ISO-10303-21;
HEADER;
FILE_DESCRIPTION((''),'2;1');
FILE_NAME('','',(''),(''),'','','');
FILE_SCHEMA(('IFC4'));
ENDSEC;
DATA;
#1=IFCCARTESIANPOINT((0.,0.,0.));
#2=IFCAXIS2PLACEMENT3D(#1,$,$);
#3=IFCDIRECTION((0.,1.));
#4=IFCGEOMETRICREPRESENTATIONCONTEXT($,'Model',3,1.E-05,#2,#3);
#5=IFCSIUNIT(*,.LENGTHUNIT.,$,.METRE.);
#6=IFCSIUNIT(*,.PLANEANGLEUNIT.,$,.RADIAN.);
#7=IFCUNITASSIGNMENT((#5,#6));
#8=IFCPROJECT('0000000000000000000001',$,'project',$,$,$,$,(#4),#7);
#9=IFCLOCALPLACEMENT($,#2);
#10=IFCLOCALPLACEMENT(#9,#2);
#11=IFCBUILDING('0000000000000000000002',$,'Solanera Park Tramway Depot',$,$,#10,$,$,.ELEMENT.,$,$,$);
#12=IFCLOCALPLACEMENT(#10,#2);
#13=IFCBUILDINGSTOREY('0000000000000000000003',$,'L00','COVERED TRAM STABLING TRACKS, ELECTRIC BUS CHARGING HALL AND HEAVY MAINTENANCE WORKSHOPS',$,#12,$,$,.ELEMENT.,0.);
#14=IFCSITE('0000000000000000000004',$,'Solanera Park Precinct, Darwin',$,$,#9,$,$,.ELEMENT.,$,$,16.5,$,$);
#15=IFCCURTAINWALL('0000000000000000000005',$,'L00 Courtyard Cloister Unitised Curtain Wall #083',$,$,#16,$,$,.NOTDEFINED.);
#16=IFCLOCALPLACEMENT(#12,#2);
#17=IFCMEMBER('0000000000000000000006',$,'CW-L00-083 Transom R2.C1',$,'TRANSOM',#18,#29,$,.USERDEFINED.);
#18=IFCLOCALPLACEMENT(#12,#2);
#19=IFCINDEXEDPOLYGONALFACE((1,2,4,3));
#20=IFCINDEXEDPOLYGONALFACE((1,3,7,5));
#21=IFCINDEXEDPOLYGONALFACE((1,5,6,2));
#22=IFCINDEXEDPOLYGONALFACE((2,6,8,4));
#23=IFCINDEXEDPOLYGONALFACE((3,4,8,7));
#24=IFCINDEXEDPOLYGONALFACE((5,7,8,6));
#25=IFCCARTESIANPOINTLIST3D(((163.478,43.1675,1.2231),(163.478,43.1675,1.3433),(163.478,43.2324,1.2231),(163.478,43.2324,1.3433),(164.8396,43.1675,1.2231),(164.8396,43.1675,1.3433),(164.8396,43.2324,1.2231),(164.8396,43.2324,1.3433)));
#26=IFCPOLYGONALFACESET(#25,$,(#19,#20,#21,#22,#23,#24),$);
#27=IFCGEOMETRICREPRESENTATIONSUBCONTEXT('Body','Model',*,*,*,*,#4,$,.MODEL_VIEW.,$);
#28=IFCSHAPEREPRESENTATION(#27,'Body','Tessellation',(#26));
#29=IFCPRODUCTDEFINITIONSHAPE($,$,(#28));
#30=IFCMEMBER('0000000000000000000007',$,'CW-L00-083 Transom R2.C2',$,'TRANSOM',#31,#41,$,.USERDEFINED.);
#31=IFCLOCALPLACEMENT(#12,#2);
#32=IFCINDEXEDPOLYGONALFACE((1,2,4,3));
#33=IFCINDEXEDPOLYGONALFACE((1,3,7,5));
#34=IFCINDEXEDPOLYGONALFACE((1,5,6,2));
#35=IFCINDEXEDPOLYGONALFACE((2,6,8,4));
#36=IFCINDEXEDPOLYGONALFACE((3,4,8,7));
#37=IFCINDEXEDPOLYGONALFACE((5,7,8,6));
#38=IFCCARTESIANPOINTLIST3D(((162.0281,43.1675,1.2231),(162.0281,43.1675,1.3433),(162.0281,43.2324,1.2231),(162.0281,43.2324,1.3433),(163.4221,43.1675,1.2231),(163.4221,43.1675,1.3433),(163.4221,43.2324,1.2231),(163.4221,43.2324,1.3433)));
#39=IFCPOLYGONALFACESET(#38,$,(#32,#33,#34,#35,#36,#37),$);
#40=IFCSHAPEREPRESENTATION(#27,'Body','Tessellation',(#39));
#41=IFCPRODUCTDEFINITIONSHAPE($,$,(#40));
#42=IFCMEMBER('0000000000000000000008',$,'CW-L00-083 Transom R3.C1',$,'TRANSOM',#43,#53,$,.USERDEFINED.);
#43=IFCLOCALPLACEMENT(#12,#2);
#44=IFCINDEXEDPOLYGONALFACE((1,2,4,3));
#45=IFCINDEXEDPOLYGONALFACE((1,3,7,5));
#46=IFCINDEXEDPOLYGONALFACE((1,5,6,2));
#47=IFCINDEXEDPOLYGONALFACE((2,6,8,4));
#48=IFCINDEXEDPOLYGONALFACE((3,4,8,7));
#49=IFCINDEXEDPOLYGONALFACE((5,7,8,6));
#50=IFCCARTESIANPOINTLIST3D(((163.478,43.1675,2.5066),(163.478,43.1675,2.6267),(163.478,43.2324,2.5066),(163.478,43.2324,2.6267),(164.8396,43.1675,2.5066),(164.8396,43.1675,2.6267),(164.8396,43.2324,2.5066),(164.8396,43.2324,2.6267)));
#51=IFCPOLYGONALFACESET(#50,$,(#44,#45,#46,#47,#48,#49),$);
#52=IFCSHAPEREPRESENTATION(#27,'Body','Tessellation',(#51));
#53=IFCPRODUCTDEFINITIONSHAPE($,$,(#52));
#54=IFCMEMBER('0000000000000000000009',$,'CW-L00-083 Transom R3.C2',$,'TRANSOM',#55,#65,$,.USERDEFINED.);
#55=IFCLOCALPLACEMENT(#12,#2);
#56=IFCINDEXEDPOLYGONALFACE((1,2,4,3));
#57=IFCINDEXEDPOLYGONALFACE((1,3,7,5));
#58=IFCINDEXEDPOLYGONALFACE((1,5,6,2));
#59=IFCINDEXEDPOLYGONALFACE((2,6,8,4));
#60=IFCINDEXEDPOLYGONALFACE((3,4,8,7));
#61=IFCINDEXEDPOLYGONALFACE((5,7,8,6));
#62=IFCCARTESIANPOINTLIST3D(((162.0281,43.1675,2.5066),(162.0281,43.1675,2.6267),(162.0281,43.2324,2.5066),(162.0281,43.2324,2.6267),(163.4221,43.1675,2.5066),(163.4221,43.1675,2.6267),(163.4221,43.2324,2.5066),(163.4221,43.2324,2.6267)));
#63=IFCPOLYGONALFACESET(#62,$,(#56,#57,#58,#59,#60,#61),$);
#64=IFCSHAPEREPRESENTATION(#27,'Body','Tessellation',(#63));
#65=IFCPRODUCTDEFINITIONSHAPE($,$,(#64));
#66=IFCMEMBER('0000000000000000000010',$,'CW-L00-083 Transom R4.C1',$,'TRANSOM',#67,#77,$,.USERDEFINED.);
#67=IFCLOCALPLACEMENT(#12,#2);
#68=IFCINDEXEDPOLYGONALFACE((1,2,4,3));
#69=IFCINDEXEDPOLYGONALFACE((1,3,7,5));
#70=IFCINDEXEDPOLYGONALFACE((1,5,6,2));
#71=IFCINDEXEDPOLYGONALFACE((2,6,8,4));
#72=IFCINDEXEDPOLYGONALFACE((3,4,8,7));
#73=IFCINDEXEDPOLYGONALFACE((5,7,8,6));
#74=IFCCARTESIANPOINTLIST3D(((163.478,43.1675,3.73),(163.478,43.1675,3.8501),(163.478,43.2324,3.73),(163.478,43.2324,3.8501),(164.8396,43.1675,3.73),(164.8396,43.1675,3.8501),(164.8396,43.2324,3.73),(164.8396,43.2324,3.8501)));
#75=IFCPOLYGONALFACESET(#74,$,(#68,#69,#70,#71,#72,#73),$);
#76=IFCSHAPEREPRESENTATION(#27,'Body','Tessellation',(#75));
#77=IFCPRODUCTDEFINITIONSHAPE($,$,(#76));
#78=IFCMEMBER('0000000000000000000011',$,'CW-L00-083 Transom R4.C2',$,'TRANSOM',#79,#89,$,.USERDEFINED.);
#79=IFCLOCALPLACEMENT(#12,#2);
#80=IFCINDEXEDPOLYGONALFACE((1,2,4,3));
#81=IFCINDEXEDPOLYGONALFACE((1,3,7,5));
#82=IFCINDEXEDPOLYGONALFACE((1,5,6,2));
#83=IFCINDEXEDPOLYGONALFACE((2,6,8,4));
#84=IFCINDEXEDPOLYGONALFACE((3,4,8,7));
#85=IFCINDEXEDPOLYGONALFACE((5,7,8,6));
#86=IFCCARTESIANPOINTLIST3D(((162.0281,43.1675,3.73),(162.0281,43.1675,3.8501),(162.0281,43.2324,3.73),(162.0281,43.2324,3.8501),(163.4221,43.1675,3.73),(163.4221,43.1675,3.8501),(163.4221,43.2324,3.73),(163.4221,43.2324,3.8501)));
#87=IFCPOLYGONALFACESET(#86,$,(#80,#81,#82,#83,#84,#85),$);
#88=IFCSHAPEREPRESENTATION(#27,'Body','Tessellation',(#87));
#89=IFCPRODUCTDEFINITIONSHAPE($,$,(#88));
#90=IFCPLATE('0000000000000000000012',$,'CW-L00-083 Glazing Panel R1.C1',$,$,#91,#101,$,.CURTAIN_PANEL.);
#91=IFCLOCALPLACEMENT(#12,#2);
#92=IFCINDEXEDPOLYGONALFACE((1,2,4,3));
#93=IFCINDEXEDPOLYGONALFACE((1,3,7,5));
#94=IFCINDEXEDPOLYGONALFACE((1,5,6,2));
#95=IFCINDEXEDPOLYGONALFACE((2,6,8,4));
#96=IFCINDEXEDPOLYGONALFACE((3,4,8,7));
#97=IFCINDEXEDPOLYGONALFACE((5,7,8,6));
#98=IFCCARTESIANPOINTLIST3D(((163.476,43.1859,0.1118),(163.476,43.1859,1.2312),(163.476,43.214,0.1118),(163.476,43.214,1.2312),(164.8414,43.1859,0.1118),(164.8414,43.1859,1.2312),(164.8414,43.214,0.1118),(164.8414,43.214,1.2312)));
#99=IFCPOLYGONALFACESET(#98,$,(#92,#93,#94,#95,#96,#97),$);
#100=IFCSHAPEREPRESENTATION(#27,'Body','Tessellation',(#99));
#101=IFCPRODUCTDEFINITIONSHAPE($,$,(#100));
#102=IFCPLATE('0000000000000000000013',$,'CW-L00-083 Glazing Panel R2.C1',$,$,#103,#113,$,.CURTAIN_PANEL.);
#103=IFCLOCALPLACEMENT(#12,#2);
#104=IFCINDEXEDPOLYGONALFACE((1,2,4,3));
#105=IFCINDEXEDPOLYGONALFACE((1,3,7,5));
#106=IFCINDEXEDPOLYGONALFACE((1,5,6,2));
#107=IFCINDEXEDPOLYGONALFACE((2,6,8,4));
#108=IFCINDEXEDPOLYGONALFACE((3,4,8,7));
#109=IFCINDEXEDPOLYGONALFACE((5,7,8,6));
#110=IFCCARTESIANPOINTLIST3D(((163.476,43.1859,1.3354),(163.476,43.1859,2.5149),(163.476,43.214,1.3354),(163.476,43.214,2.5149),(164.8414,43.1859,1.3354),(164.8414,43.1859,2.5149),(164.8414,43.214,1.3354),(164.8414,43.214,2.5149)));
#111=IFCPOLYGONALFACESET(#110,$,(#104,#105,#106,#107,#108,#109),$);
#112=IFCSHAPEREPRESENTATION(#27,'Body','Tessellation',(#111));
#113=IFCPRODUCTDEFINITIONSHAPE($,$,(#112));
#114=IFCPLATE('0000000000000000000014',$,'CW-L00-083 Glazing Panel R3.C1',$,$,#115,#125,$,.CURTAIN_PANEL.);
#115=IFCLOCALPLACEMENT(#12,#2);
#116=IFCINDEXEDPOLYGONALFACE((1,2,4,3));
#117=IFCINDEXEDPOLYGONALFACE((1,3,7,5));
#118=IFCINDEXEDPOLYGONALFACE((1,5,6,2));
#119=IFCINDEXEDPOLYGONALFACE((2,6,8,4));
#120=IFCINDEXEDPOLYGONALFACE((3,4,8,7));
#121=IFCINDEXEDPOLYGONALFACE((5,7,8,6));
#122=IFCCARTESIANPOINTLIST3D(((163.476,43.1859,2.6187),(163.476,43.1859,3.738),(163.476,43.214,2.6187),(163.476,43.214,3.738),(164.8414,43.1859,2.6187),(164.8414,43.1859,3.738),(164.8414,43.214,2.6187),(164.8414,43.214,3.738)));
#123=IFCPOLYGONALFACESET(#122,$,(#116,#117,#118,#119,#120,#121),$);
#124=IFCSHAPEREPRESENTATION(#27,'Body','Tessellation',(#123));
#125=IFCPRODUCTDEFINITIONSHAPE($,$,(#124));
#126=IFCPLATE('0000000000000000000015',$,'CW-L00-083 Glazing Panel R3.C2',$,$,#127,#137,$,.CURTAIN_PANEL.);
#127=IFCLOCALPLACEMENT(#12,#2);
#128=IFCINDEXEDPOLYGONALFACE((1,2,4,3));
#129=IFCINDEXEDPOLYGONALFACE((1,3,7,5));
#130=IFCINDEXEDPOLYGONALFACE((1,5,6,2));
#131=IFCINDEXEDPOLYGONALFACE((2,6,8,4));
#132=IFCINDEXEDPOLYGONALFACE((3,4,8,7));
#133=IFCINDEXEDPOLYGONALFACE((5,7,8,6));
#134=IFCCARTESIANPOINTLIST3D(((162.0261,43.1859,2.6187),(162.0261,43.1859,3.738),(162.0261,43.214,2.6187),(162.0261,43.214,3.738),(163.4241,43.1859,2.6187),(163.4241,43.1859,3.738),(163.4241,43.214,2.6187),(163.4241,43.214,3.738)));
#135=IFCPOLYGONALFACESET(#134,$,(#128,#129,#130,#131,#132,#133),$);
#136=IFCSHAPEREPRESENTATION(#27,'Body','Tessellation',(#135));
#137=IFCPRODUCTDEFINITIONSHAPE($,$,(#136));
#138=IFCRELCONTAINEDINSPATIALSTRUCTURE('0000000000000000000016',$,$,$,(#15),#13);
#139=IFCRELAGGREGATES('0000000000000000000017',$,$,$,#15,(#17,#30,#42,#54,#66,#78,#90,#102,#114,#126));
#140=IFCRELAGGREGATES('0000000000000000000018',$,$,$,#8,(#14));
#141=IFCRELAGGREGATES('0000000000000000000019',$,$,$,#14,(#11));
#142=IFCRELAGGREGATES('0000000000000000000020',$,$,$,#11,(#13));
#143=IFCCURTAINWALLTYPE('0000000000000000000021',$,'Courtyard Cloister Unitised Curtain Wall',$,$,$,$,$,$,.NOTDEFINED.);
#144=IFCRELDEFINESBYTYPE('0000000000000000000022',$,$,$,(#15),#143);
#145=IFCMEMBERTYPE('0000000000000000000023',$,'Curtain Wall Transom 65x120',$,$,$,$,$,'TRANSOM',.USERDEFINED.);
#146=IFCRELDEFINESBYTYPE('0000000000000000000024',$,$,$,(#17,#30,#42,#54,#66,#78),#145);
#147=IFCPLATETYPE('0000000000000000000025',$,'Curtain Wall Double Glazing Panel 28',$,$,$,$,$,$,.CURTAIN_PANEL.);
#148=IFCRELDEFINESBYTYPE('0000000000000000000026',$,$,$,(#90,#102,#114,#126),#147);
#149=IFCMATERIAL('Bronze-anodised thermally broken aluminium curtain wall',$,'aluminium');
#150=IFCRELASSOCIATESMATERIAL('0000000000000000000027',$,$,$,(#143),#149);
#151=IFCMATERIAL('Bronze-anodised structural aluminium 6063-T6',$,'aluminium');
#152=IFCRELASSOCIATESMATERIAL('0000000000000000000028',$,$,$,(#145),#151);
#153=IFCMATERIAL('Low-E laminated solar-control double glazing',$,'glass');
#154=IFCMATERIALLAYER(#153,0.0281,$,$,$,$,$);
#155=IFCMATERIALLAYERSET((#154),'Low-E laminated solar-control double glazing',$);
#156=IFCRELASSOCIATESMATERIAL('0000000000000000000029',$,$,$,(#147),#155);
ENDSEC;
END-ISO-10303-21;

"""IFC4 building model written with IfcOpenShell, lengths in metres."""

from ifc_helpers import new_model, si_unit, direction, frame, origin, origin_2d, place, context, subcontext, project, spatial, rectangle, extrude, material, layer, layer_set, material_profile, profile_set, type_object, element, aggregate, save


model = new_model("IFC4")

# Units and contexts
model_context = context("Model", 3, precision=1e-05, world=origin(), true_north=direction((0.0, 1.0)))
body_context = subcontext(model_context, "Body", "Model", "MODEL_VIEW")
ifc_project = project(units=[si_unit("LENGTHUNIT", "METRE"), si_unit("PLANEANGLEUNIT", "RADIAN")], contexts=[model_context])

# Site, building, storey
site_placement = place(None, origin())
site = spatial("IfcSite", under=ifc_project, at=site_placement, Name="Solanera Park Precinct, Darwin", CompositionType="ELEMENT", RefElevation=16.5)
building_placement = place(site_placement, origin())
building = spatial("IfcBuilding", under=site, at=building_placement, Name="Solanera Park Tramway Depot", CompositionType="ELEMENT")
storey_placement = place(building_placement, origin())
storey = spatial("IfcBuildingStorey", under=building, at=storey_placement, Name="L00", Description="COVERED TRAM STABLING TRACKS, ELECTRIC BUS CHARGING HALL AND HEAVY MAINTENANCE WORKSHOPS", CompositionType="ELEMENT", Elevation=0.0)

# Curtain wall, members, plates
ifc_material_1 = material(Name="Bronze-anodised thermally broken aluminium curtain wall", Category="aluminium")
curtain_wall_type = type_object("IfcCurtainWallType", Name="Courtyard Cloister Unitised Curtain Wall", PredefinedType="NOTDEFINED", material=ifc_material_1)
curtain_wall_placement = place(storey_placement, origin())
curtain_wall = element("IfcCurtainWall", 1, at=curtain_wall_placement, inside=storey, type_object=curtain_wall_type, Name="L00 Courtyard Cloister Unitised Curtain Wall #083", PredefinedType="NOTDEFINED")
ifc_material_2 = material(Name="Bronze-anodised structural aluminium 6063-T6", Category="aluminium")
ifc_material_profile_1 = material_profile(ifc_material_2, rectangle(XDim=0.0649, YDim=0.1201, at=origin_2d()), Name="Curtain Wall Transom 65x120")
ifc_profile_set_1 = profile_set([ifc_material_profile_1], Name="Bronze-anodised structural aluminium 6063-T6")
member_type_1 = type_object("IfcMemberType", Name="Curtain Wall Transom 65x120", ElementType="TRANSOM", PredefinedType="USERDEFINED", material=ifc_profile_set_1)
member_1_placement = place(storey_placement, frame((164.8396, 43.2, 1.2832), z_axis=(-1.0, 0.0, 0.0), x_axis=(0.0, -1.0, 0.0)))
member_1 = element("IfcMember", 2, at=member_1_placement, type_object=member_type_1, Name="CW-L00-083 Transom R2.C1", ObjectType="TRANSOM", PredefinedType="USERDEFINED", context=body_context, shape_type="SweptSolid", body=[
    extrude(rectangle(XDim=0.0649, YDim=0.1201, at=origin_2d()), origin(), (0.0, 0.0, 1.0), 1.3616),
])
member_2_placement = place(storey_placement, frame((163.4221, 43.2, 1.2832), z_axis=(-1.0, 0.0, 0.0), x_axis=(0.0, -1.0, 0.0)))
member_2 = element("IfcMember", 3, at=member_2_placement, type_object=member_type_1, Name="CW-L00-083 Transom R2.C2", ObjectType="TRANSOM", PredefinedType="USERDEFINED", context=body_context, shape_type="SweptSolid", body=[
    extrude(rectangle(XDim=0.0649, YDim=0.1201, at=origin_2d()), origin(), (0.0, 0.0, 1.0), 1.394),
])
member_3_placement = place(storey_placement, frame((164.8396, 43.2, 2.5667), z_axis=(-1.0, 0.0, 0.0), x_axis=(0.0, -1.0, 0.0)))
member_3 = element("IfcMember", 4, at=member_3_placement, type_object=member_type_1, Name="CW-L00-083 Transom R3.C1", ObjectType="TRANSOM", PredefinedType="USERDEFINED", context=body_context, shape_type="SweptSolid", body=[
    extrude(rectangle(XDim=0.0649, YDim=0.1201, at=origin_2d()), origin(), (0.0, 0.0, 1.0), 1.3616),
])
member_4_placement = place(storey_placement, frame((163.4221, 43.2, 2.5667), z_axis=(-1.0, 0.0, 0.0), x_axis=(0.0, -1.0, 0.0)))
member_4 = element("IfcMember", 5, at=member_4_placement, type_object=member_type_1, Name="CW-L00-083 Transom R3.C2", ObjectType="TRANSOM", PredefinedType="USERDEFINED", context=body_context, shape_type="SweptSolid", body=[
    extrude(rectangle(XDim=0.0649, YDim=0.1201, at=origin_2d()), origin(), (0.0, 0.0, 1.0), 1.394),
])
member_5_placement = place(storey_placement, frame((164.8396, 43.2, 3.79), z_axis=(-1.0, 0.0, 0.0), x_axis=(0.0, -1.0, 0.0)))
member_5 = element("IfcMember", 6, at=member_5_placement, type_object=member_type_1, Name="CW-L00-083 Transom R4.C1", ObjectType="TRANSOM", PredefinedType="USERDEFINED", context=body_context, shape_type="SweptSolid", body=[
    extrude(rectangle(XDim=0.0649, YDim=0.1201, at=origin_2d()), origin(), (0.0, 0.0, 1.0), 1.3616),
])
member_6_placement = place(storey_placement, frame((163.4221, 43.2, 3.79), z_axis=(-1.0, 0.0, 0.0), x_axis=(0.0, -1.0, 0.0)))
member_6 = element("IfcMember", 7, at=member_6_placement, type_object=member_type_1, Name="CW-L00-083 Transom R4.C2", ObjectType="TRANSOM", PredefinedType="USERDEFINED", context=body_context, shape_type="SweptSolid", body=[
    extrude(rectangle(XDim=0.0649, YDim=0.1201, at=origin_2d()), origin(), (0.0, 0.0, 1.0), 1.394),
])
ifc_material_3 = material(Name="Low-E laminated solar-control double glazing", Category="glass")
ifc_layer = layer(ifc_material_3, 0.0281)
ifc_layer_set = layer_set([ifc_layer], Name="Low-E laminated solar-control double glazing")
plate_type = type_object("IfcPlateType", Name="Curtain Wall Double Glazing Panel 28", PredefinedType="CURTAIN_PANEL", material=ifc_layer_set)
plate_1_placement = place(storey_placement, frame((164.1587, 43.2, 0.1118), z_axis=(0.0, 0.0, 1.0), x_axis=(-1.0, 0.0, 0.0)))
plate_1 = element("IfcPlate", 8, at=plate_1_placement, type_object=plate_type, Name="CW-L00-083 Glazing Panel R1.C1", PredefinedType="CURTAIN_PANEL", context=body_context, shape_type="SweptSolid", body=[
    extrude(rectangle(XDim=1.3655, YDim=0.0281, at=origin_2d()), origin(), (0.0, 0.0, 1.0), 1.1194),
])
plate_2_placement = place(storey_placement, frame((164.1587, 43.2, 1.3354), z_axis=(0.0, 0.0, 1.0), x_axis=(-1.0, 0.0, 0.0)))
plate_2 = element("IfcPlate", 9, at=plate_2_placement, type_object=plate_type, Name="CW-L00-083 Glazing Panel R2.C1", PredefinedType="CURTAIN_PANEL", context=body_context, shape_type="SweptSolid", body=[
    extrude(rectangle(XDim=1.3655, YDim=0.0281, at=origin_2d()), origin(), (0.0, 0.0, 1.0), 1.1794),
])
plate_3_placement = place(storey_placement, frame((164.1587, 43.2, 2.6187), z_axis=(0.0, 0.0, 1.0), x_axis=(-1.0, 0.0, 0.0)))
plate_3 = element("IfcPlate", 10, at=plate_3_placement, type_object=plate_type, Name="CW-L00-083 Glazing Panel R3.C1", PredefinedType="CURTAIN_PANEL", context=body_context, shape_type="SweptSolid", body=[
    extrude(rectangle(XDim=1.3655, YDim=0.0281, at=origin_2d()), origin(), (0.0, 0.0, 1.0), 1.1194),
])
plate_4_placement = place(storey_placement, frame((162.7251, 43.2, 2.6187), z_axis=(0.0, 0.0, 1.0), x_axis=(-1.0, 0.0, 0.0)))
plate_4 = element("IfcPlate", 11, at=plate_4_placement, type_object=plate_type, Name="CW-L00-083 Glazing Panel R3.C2", PredefinedType="CURTAIN_PANEL", context=body_context, shape_type="SweptSolid", body=[
    extrude(rectangle(XDim=1.3979, YDim=0.0281, at=origin_2d()), origin(), (0.0, 0.0, 1.0), 1.1194),
])
aggregate(curtain_wall, [member_1, member_2, member_3, member_4, member_5, member_6, plate_1, plate_2, plate_3, plate_4])

save(model, "model.ifc")
